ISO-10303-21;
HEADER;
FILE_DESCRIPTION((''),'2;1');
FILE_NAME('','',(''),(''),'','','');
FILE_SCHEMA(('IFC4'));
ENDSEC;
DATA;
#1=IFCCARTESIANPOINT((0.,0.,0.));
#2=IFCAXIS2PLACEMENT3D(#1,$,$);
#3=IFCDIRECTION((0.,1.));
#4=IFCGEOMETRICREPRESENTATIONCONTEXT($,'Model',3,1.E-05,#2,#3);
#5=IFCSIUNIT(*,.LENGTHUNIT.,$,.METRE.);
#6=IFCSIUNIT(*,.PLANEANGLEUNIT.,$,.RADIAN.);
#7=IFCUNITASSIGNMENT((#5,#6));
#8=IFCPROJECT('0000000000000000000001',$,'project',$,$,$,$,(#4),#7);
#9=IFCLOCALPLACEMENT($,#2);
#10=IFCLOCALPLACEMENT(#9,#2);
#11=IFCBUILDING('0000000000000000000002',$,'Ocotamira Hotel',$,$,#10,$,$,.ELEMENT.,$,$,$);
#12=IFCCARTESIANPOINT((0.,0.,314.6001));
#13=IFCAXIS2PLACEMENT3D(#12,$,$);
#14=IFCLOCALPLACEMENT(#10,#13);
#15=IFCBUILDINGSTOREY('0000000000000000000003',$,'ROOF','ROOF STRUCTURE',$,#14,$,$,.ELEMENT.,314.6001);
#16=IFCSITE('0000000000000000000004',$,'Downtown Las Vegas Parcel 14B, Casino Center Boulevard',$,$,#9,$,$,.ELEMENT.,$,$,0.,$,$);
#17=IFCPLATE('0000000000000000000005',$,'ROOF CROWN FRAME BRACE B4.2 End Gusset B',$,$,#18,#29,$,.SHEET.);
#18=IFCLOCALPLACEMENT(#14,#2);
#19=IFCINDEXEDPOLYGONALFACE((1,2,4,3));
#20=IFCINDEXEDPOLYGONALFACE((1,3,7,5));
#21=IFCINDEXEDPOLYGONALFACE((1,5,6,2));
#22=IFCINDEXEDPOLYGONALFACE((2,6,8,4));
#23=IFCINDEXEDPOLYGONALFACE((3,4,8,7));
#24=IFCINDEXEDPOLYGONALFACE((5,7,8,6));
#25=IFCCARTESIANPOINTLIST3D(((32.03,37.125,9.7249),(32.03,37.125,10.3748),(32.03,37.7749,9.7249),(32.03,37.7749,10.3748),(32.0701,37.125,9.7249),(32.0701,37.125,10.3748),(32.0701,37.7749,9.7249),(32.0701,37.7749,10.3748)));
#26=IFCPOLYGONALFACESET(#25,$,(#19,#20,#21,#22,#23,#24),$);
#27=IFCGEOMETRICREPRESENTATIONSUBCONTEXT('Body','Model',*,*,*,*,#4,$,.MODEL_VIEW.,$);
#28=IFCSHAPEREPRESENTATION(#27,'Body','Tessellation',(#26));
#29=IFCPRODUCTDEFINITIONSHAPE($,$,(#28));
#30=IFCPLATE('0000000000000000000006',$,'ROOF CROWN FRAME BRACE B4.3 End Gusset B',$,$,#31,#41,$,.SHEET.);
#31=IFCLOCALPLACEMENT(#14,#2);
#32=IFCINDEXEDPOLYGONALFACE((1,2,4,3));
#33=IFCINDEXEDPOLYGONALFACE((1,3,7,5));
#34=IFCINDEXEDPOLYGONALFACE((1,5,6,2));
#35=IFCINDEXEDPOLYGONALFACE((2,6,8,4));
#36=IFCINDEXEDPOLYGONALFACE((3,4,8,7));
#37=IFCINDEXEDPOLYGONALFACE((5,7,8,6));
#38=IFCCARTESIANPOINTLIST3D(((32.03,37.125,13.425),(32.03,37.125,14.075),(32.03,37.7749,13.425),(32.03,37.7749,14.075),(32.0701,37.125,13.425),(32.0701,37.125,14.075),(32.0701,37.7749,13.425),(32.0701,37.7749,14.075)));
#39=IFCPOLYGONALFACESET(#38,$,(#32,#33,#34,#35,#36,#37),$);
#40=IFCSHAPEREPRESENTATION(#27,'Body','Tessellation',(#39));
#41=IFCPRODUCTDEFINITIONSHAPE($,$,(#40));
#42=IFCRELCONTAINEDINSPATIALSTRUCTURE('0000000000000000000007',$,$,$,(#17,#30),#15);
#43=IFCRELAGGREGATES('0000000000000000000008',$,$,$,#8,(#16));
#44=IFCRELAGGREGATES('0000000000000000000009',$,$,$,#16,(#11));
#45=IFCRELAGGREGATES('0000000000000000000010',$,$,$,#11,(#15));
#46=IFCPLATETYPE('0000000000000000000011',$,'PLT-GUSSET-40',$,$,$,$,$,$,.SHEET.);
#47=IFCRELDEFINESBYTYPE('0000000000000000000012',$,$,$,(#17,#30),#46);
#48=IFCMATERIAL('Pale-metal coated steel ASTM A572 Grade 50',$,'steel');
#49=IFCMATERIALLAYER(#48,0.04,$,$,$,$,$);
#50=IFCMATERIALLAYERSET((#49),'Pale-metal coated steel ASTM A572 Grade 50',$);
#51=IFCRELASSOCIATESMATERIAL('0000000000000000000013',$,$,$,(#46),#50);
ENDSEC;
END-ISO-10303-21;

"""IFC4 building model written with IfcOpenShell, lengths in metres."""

from ifc_helpers import new_model, si_unit, direction, frame, origin, origin_2d, place, context, subcontext, project, spatial, rectangle, extrude, source, transform, mapped, material, layer, layer_set, type_object, element, save


model = new_model("IFC4")

# Units and contexts
model_context = context("Model", 3, precision=1e-05, world=origin(), true_north=direction((0.0, 1.0)))
body_context = subcontext(model_context, "Body", "Model", "MODEL_VIEW")
ifc_project = project(units=[si_unit("LENGTHUNIT", "METRE"), si_unit("PLANEANGLEUNIT", "RADIAN")], contexts=[model_context])

# Site, building, storey
site_placement = place(None, origin())
site = spatial("IfcSite", under=ifc_project, at=site_placement, Name="Downtown Las Vegas Parcel 14B, Casino Center Boulevard", CompositionType="ELEMENT", RefElevation=0.0)
building_placement = place(site_placement, origin())
building = spatial("IfcBuilding", under=site, at=building_placement, Name="Ocotamira Hotel", CompositionType="ELEMENT")
storey_placement = place(building_placement, frame((0.0, 0.0, 314.6001)))
storey = spatial("IfcBuildingStorey", under=building, at=storey_placement, Name="ROOF", Description="ROOF STRUCTURE", CompositionType="ELEMENT", Elevation=314.6001)

# Plates
ifc_material_1 = material(Name="Pale-metal coated steel ASTM A572 Grade 50", Category="steel")
ifc_layer = layer(ifc_material_1, 0.04)
ifc_layer_set = layer_set([ifc_layer], Name="Pale-metal coated steel ASTM A572 Grade 50")
plate_type = type_object("IfcPlateType", Name="PLT-GUSSET-40", PredefinedType="SHEET", material=ifc_layer_set)
shared_shape_1 = source(origin(), body_context, "Body", "SweptSolid", [
    extrude(rectangle(XDim=0.04, YDim=0.6499, at=origin_2d()), origin(), (0.0, 0.0, 1.0), 0.6499),
])
for number, where, z_axis, x_axis, name in (
    (1, (32.05, 37.45, 9.7249), (0.0, 0.0, 1.0), (1.0, 0.0, 0.0), "ROOF CROWN FRAME BRACE B4.2 End Gusset B"),
    (2, (32.05, 37.45, 13.425), (0.0, 0.0, 1.0), (1.0, 0.0, 0.0), "ROOF CROWN FRAME BRACE B4.3 End Gusset B"),
):
    element("IfcPlate", number, at=place(storey_placement, frame(where, z_axis=z_axis, x_axis=x_axis)), inside=storey, type_object=plate_type, Name=name, PredefinedType="SHEET", context=body_context, shape_type="MappedRepresentation", body=[
        mapped(shared_shape_1, transform((0.0, 0.0, 0.0), scale=1.0)),
    ])

save(model, "model.ifc")
